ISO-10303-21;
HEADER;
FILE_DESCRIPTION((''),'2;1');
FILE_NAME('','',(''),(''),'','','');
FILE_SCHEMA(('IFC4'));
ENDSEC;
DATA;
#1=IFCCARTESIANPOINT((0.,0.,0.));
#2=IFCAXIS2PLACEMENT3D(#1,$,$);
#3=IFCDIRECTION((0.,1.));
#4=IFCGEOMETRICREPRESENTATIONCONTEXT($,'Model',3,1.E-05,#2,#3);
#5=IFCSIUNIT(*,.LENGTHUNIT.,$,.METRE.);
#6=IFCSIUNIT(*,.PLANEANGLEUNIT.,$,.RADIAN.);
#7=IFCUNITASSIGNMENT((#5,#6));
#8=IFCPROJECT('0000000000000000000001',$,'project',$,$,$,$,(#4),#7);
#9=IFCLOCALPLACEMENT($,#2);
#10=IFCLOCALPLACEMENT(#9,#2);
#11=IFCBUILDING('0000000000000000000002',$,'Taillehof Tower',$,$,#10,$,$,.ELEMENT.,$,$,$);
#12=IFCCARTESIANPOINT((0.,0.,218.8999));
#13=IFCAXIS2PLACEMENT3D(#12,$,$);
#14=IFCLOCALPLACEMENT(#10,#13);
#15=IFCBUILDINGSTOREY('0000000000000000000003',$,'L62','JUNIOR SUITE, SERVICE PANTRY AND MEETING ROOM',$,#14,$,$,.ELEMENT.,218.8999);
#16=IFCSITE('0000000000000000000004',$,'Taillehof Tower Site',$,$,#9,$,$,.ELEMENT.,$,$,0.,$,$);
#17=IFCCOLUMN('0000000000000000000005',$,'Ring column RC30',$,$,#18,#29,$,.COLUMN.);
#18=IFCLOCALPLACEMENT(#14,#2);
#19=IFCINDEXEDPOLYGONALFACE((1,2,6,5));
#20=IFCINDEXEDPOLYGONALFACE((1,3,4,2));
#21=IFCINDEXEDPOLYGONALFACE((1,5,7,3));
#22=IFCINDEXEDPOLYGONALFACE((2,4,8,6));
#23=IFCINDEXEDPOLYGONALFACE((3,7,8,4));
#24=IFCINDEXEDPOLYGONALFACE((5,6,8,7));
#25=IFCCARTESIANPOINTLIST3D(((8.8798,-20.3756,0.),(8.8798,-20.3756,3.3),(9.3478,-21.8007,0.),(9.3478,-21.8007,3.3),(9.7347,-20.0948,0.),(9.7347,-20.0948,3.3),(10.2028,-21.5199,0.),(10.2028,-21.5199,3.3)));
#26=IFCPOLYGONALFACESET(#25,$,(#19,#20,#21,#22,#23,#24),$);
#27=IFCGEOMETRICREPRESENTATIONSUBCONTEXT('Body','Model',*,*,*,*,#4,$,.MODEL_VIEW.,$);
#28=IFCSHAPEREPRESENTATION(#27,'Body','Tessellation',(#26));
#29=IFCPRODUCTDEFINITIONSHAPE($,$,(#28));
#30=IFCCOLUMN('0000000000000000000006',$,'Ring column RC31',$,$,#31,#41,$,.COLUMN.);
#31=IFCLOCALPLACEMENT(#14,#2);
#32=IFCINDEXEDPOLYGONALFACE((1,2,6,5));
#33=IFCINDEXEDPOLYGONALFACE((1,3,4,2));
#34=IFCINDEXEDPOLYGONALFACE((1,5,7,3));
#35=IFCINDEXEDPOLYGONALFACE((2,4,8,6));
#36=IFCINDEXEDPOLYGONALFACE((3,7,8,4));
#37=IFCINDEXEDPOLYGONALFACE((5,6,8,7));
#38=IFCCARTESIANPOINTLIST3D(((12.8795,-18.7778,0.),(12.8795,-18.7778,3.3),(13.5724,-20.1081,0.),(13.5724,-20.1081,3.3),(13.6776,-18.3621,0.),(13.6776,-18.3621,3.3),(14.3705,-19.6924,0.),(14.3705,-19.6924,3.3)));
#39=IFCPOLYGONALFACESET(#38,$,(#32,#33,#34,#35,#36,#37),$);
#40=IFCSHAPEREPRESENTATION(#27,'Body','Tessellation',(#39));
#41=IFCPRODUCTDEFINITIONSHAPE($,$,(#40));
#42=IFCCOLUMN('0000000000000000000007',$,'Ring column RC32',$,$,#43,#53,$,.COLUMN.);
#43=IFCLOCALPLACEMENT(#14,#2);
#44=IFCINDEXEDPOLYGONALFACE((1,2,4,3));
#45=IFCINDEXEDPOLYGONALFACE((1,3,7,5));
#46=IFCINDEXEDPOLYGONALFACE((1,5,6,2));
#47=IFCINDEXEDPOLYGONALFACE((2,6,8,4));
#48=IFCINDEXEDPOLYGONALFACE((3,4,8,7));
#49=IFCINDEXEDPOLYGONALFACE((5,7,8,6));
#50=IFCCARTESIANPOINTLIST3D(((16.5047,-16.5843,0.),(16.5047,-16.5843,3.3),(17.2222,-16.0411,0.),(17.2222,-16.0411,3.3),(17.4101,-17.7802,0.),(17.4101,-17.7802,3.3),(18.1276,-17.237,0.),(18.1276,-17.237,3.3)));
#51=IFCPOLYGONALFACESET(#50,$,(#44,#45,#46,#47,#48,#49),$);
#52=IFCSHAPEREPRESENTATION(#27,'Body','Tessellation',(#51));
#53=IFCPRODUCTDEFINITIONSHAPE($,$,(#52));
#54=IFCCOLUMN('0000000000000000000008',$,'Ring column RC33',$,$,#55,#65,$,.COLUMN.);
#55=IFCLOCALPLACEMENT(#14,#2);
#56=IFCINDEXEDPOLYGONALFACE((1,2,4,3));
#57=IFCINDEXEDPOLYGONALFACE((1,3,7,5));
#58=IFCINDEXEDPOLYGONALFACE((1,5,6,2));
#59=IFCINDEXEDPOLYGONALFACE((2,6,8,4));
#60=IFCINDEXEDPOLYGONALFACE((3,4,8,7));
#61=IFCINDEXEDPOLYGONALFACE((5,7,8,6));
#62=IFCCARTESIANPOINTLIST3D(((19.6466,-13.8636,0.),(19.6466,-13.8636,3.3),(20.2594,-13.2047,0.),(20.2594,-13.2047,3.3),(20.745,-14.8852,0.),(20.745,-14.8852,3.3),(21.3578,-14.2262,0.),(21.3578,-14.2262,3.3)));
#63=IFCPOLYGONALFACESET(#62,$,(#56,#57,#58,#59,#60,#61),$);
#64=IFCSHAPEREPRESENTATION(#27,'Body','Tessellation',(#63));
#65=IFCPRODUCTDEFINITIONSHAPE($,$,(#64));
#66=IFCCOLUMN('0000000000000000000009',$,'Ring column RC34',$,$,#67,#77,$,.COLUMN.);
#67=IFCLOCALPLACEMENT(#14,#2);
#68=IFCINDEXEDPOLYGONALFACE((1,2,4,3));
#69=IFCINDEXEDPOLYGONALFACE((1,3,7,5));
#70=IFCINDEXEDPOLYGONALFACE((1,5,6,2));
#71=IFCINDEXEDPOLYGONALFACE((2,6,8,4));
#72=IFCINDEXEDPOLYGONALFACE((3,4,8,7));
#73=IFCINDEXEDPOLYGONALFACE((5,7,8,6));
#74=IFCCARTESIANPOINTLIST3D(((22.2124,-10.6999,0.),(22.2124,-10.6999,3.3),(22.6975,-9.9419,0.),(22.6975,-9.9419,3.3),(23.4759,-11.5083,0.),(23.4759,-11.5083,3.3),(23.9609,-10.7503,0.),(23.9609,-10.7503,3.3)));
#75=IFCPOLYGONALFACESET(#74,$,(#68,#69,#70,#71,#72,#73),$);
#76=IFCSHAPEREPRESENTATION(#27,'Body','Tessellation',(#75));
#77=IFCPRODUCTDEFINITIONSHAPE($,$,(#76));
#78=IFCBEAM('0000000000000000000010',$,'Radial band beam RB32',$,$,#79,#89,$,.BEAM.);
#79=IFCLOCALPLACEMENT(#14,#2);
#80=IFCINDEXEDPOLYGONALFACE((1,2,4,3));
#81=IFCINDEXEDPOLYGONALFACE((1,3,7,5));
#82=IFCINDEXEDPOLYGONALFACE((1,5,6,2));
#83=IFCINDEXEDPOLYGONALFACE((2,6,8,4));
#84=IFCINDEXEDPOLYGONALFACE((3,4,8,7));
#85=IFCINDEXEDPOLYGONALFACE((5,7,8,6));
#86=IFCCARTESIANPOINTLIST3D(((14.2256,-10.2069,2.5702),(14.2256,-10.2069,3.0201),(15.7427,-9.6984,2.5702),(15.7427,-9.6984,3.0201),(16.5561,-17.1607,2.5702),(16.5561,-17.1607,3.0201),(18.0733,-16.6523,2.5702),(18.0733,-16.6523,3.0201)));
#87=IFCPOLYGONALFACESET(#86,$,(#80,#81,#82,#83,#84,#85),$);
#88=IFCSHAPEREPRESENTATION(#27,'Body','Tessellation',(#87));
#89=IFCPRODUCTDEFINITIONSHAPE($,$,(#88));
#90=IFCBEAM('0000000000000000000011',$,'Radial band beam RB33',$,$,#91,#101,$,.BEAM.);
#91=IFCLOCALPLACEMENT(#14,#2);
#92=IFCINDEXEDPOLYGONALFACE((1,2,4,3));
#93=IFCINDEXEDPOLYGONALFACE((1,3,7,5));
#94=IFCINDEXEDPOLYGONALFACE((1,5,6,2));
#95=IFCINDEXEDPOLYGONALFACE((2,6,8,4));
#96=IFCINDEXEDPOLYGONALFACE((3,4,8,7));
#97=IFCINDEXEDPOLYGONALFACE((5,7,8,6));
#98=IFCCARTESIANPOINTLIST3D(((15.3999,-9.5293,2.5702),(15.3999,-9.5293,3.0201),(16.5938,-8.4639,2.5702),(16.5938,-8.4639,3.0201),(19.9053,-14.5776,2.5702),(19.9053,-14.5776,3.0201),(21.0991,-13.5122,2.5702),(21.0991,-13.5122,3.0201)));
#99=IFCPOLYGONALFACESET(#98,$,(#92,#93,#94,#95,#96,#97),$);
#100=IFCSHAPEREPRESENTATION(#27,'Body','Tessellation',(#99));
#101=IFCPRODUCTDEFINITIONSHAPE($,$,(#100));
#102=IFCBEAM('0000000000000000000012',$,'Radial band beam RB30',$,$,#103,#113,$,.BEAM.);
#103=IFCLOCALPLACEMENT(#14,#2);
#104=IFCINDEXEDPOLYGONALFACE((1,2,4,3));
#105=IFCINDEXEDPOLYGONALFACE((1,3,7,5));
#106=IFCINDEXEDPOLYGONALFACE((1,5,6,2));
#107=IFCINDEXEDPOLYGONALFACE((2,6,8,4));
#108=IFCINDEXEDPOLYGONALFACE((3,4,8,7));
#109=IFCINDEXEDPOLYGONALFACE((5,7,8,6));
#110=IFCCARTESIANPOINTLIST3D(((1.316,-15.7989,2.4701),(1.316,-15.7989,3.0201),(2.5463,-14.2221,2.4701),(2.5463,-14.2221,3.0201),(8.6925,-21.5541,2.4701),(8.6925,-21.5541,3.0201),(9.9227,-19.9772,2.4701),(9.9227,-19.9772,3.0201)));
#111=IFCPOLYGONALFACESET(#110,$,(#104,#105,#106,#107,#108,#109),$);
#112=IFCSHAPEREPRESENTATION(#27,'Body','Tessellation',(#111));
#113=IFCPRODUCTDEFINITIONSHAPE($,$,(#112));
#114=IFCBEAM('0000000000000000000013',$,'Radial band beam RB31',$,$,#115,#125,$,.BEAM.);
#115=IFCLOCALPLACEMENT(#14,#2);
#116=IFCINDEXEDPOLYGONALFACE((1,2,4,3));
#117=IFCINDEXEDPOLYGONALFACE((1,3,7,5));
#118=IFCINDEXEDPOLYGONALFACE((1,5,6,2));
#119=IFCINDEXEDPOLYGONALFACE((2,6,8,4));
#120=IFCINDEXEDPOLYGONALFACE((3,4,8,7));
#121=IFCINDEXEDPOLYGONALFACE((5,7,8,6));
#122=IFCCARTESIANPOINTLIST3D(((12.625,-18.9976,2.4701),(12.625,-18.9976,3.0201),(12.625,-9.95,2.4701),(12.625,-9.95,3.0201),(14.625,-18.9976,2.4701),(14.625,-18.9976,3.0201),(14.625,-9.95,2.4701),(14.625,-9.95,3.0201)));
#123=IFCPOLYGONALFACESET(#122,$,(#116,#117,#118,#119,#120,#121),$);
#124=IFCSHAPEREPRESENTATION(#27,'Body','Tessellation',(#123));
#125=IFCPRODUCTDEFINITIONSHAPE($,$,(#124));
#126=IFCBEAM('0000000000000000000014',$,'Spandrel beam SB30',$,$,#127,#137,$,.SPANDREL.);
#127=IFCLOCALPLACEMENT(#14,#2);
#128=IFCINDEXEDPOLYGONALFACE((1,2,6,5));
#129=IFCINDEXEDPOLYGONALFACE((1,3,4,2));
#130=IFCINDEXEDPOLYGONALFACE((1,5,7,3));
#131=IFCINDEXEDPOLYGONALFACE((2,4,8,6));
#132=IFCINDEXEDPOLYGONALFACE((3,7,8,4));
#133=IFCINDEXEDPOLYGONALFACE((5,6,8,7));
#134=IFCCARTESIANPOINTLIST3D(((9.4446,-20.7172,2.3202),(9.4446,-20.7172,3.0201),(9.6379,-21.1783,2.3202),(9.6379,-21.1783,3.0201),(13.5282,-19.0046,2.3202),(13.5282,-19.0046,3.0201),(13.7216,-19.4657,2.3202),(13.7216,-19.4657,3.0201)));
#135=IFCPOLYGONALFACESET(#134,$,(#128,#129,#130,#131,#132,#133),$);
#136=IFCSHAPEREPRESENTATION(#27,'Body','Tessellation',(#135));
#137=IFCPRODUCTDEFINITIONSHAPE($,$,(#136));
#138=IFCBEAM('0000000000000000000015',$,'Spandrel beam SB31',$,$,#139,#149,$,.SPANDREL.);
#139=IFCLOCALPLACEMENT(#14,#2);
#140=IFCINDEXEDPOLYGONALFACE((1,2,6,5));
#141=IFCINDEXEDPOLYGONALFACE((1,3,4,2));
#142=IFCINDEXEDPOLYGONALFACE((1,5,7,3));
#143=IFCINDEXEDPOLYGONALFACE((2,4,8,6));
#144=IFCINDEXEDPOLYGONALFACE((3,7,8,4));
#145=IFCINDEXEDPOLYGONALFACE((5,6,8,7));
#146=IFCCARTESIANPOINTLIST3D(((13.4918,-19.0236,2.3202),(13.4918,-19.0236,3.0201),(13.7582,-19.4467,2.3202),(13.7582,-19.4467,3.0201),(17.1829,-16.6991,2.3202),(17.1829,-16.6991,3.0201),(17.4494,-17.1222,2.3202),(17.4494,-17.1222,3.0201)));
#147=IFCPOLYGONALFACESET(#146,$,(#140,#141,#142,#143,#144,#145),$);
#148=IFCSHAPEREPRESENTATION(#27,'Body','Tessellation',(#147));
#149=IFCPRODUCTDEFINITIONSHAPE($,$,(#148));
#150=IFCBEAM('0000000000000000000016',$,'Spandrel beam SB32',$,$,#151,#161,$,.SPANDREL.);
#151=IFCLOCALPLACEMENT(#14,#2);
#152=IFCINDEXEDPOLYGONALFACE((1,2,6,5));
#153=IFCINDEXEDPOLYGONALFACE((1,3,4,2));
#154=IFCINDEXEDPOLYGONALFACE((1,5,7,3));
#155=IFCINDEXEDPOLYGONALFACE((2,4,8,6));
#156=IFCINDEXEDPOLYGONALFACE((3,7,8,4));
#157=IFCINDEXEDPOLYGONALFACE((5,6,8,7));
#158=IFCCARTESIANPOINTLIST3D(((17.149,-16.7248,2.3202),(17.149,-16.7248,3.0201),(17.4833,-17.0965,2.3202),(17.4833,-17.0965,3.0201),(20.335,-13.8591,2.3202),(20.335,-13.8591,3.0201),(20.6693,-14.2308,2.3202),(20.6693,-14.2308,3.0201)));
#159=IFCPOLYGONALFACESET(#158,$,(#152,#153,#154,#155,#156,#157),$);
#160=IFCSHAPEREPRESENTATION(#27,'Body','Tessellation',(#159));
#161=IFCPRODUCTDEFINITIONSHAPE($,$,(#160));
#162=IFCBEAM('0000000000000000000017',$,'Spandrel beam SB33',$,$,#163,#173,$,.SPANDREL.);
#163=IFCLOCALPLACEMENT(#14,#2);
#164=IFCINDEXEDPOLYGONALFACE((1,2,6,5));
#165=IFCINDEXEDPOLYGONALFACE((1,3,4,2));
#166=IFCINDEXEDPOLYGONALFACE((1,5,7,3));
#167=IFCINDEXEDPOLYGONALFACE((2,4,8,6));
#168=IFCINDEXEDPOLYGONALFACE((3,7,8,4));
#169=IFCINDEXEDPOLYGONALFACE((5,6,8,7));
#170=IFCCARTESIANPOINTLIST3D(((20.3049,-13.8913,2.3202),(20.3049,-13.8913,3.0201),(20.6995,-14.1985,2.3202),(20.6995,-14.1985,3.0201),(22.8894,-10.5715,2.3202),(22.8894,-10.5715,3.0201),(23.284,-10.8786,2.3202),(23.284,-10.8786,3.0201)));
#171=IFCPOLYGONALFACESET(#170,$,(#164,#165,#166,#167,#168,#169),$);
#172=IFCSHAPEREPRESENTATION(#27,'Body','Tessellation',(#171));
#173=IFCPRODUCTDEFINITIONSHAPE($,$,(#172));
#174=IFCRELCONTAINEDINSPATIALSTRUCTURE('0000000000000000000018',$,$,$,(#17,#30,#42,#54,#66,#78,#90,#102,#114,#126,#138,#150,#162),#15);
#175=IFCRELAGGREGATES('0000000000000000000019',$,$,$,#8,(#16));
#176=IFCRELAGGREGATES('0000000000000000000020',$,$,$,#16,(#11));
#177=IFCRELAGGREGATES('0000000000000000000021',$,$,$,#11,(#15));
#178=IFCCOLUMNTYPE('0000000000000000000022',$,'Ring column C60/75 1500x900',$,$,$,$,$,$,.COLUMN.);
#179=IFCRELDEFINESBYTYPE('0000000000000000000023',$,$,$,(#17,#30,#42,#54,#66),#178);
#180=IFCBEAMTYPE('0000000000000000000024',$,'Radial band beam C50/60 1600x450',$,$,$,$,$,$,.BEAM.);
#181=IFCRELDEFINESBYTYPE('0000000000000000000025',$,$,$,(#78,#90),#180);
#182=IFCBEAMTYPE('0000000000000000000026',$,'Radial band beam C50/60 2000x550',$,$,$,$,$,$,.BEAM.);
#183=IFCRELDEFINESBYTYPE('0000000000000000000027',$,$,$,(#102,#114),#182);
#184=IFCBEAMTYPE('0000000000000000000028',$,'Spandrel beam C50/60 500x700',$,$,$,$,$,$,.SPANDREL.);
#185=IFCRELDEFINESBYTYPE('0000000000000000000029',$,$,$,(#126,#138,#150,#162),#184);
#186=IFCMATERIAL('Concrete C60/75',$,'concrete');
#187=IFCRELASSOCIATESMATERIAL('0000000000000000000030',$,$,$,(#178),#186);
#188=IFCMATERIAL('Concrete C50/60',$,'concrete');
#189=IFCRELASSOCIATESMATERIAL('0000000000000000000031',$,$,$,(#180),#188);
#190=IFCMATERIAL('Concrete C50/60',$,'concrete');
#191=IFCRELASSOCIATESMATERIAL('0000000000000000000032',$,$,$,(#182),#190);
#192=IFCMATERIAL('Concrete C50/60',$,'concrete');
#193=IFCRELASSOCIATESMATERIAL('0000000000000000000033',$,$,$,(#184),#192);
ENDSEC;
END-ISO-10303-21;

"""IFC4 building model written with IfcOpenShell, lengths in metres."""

from ifc_helpers import new_model, si_unit, direction, frame, origin, origin_2d, place, context, subcontext, project, spatial, rectangle, extrude, material, material_profile, profile_set, type_object, element, save


model = new_model("IFC4")

# Units and contexts
model_context = context("Model", 3, precision=1e-05, world=origin(), true_north=direction((0.0, 1.0)))
body_context = subcontext(model_context, "Body", "Model", "MODEL_VIEW")
ifc_project = project(units=[si_unit("LENGTHUNIT", "METRE"), si_unit("PLANEANGLEUNIT", "RADIAN")], contexts=[model_context])

# Site, building, storey
site_placement = place(None, origin())
site = spatial("IfcSite", under=ifc_project, at=site_placement, Name="Taillehof Tower Site", CompositionType="ELEMENT", RefElevation=0.0)
building_placement = place(site_placement, origin())
building = spatial("IfcBuilding", under=site, at=building_placement, Name="Taillehof Tower", CompositionType="ELEMENT")
storey_placement = place(building_placement, frame((0.0, 0.0, 218.8999)))
storey = spatial("IfcBuildingStorey", under=building, at=storey_placement, Name="L62", Description="JUNIOR SUITE, SERVICE PANTRY AND MEETING ROOM", CompositionType="ELEMENT", Elevation=218.8999)

# Columns
ifc_material_1 = material(Name="Concrete C60/75", Category="concrete")
ifc_material_profile_1 = material_profile(ifc_material_1, rectangle(XDim=1.5, YDim=0.8999, at=origin_2d()), Name="RC 1500x900")
ifc_profile_set_1 = profile_set([ifc_material_profile_1], Name="Concrete C60/75")
column_type = type_object("IfcColumnType", Name="Ring column C60/75 1500x900", PredefinedType="COLUMN", material=ifc_profile_set_1)
for number, where, z_axis, x_axis, name in (
    (1, (9.5413, -20.9478, 0.0), (0.0, 0.0, 1.0), (0.312001, -0.950082, 0.0), "Ring column RC30"),
    (2, (13.625, -19.2351, 0.0), (0.0, 0.0, 1.0), (0.461993, -0.886883, 0.0), "Ring column RC31"),
    (3, (17.3162, -16.9106, 0.0), (0.0, 0.0, 1.0), (0.603608, -0.797281, 0.0), "Ring column RC32"),
    (4, (20.5022, -14.0449, 0.0), (0.0, 0.0, 1.0), (0.732271, -0.681013, 0.0), "Ring column RC33"),
    (5, (23.0867, -10.7251, 0.0), (0.0, 0.0, 1.0), (0.842311, -0.538992, 0.0), "Ring column RC34"),
):
    element("IfcColumn", number, at=place(storey_placement, frame(where, z_axis=z_axis, x_axis=x_axis)), inside=storey, type_object=column_type, Name=name, PredefinedType="COLUMN", context=body_context, shape_type="SweptSolid", body=[
        extrude(rectangle(XDim=1.5, YDim=0.8999, at=origin_2d()), origin(), (0.0, 0.0, 1.0), 3.3),
    ])

# Beams
ifc_material_2 = material(Name="Concrete C50/60", Category="concrete")
ifc_material_profile_2 = material_profile(ifc_material_2, rectangle(XDim=1.6001, YDim=0.45, at=origin_2d()), Name="RC 1600x450")
ifc_profile_set_2 = profile_set([ifc_material_profile_2], Name="Concrete C50/60")
beam_type_1 = type_object("IfcBeamType", Name="Radial band beam C50/60 1600x450", PredefinedType="BEAM", material=ifc_profile_set_2)
beam_1_placement = place(storey_placement, frame((17.3147, -16.9065, 2.7952), z_axis=(-0.317775, 0.948166, 0.0), x_axis=(-0.948166, -0.317775, 0.0)))
element("IfcBeam", 6, at=beam_1_placement, inside=storey, type_object=beam_type_1, Name="Radial band beam RB32", PredefinedType="BEAM", context=body_context, shape_type="SweptSolid", body=[
    extrude(rectangle(XDim=1.6001, YDim=0.45, at=origin_2d()), origin(), (0.0, 0.0, 1.0), 7.334),
])
beam_2_placement = place(storey_placement, frame((20.5022, -14.0449, 2.7952), z_axis=(-0.665845, 0.74609, 0.0), x_axis=(-0.74609, -0.665845, 0.0)))
element("IfcBeam", 7, at=beam_2_placement, inside=storey, type_object=beam_type_1, Name="Radial band beam RB33", PredefinedType="BEAM", context=body_context, shape_type="SweptSolid", body=[
    extrude(rectangle(XDim=1.6001, YDim=0.45, at=origin_2d()), origin(), (0.0, 0.0, 1.0), 6.7664),
])
ifc_material_3 = material(Name="Concrete C50/60", Category="concrete")
ifc_material_profile_3 = material_profile(ifc_material_3, rectangle(XDim=2.0, YDim=0.55, at=origin_2d()), Name="RC 2000x550")
ifc_profile_set_3 = profile_set([ifc_material_profile_3], Name="Concrete C50/60")
beam_type_2 = type_object("IfcBeamType", Name="Radial band beam C50/60 2000x550", PredefinedType="BEAM", material=ifc_profile_set_3)
beam_3_placement = place(storey_placement, frame((9.3076, -20.7656, 2.7451), z_axis=(-0.788425, 0.61513, 0.0), x_axis=(-0.61513, -0.788425, 0.0)))
element("IfcBeam", 8, at=beam_3_placement, inside=storey, type_object=beam_type_2, Name="Radial band beam RB30", PredefinedType="BEAM", context=body_context, shape_type="SweptSolid", body=[
    extrude(rectangle(XDim=2.0, YDim=0.55, at=origin_2d()), origin(), (0.0, 0.0, 1.0), 9.356),
])
beam_4_placement = place(storey_placement, frame((13.625, -18.9976, 2.7451), z_axis=(0.0, 1.0, 0.0), x_axis=(-1.0, 0.0, 0.0)))
element("IfcBeam", 9, at=beam_4_placement, inside=storey, type_object=beam_type_2, Name="Radial band beam RB31", PredefinedType="BEAM", context=body_context, shape_type="SweptSolid", body=[
    extrude(rectangle(XDim=2.0, YDim=0.55, at=origin_2d()), origin(), (0.0, 0.0, 1.0), 9.0476),
])
ifc_material_4 = material(Name="Concrete C50/60", Category="concrete")
ifc_material_profile_4 = material_profile(ifc_material_4, rectangle(XDim=0.5, YDim=0.7, at=origin_2d()), Name="RC 500x700")
ifc_profile_set_4 = profile_set([ifc_material_profile_4], Name="Concrete C50/60")
beam_type_3 = type_object("IfcBeamType", Name="Spandrel beam C50/60 500x700", PredefinedType="SPANDREL", material=ifc_profile_set_4)
beam_5_placement = place(storey_placement, frame((9.5413, -20.9478, 2.6702), z_axis=(0.922186, 0.386748, 0.0), x_axis=(-0.386748, 0.922186, 0.0)))
element("IfcBeam", 10, at=beam_5_placement, inside=storey, type_object=beam_type_3, Name="Spandrel beam SB30", PredefinedType="SPANDREL", context=body_context, shape_type="SweptSolid", body=[
    extrude(rectangle(XDim=0.5, YDim=0.7, at=origin_2d()), origin(), (0.0, 0.0, 1.0), 4.4282),
])
beam_6_placement = place(storey_placement, frame((13.625, -19.2351, 2.6702), z_axis=(0.846192, 0.532879, 0.0), x_axis=(-0.532879, 0.846192, 0.0)))
element("IfcBeam", 11, at=beam_6_placement, inside=storey, type_object=beam_type_3, Name="Spandrel beam SB31", PredefinedType="SPANDREL", context=body_context, shape_type="SweptSolid", body=[
    extrude(rectangle(XDim=0.5, YDim=0.7, at=origin_2d()), origin(), (0.0, 0.0, 1.0), 4.3621),
])
beam_7_placement = place(storey_placement, frame((17.3162, -16.9106, 2.6702), z_axis=(0.743492, 0.668744, 0.0), x_axis=(-0.668744, 0.743492, 0.0)))
element("IfcBeam", 12, at=beam_7_placement, inside=storey, type_object=beam_type_3, Name="Spandrel beam SB32", PredefinedType="SPANDREL", context=body_context, shape_type="SweptSolid", body=[
    extrude(rectangle(XDim=0.5, YDim=0.7, at=origin_2d()), origin(), (0.0, 0.0, 1.0), 4.2852),
])
beam_8_placement = place(storey_placement, frame((20.5022, -14.0449, 2.6702), z_axis=(0.614294, 0.789077, 0.0), x_axis=(-0.789077, 0.614294, 0.0)))
element("IfcBeam", 13, at=beam_8_placement, inside=storey, type_object=beam_type_3, Name="Spandrel beam SB33", PredefinedType="SPANDREL", context=body_context, shape_type="SweptSolid", body=[
    extrude(rectangle(XDim=0.5, YDim=0.7, at=origin_2d()), origin(), (0.0, 0.0, 1.0), 4.2073),
])

save(model, "model.ifc")
